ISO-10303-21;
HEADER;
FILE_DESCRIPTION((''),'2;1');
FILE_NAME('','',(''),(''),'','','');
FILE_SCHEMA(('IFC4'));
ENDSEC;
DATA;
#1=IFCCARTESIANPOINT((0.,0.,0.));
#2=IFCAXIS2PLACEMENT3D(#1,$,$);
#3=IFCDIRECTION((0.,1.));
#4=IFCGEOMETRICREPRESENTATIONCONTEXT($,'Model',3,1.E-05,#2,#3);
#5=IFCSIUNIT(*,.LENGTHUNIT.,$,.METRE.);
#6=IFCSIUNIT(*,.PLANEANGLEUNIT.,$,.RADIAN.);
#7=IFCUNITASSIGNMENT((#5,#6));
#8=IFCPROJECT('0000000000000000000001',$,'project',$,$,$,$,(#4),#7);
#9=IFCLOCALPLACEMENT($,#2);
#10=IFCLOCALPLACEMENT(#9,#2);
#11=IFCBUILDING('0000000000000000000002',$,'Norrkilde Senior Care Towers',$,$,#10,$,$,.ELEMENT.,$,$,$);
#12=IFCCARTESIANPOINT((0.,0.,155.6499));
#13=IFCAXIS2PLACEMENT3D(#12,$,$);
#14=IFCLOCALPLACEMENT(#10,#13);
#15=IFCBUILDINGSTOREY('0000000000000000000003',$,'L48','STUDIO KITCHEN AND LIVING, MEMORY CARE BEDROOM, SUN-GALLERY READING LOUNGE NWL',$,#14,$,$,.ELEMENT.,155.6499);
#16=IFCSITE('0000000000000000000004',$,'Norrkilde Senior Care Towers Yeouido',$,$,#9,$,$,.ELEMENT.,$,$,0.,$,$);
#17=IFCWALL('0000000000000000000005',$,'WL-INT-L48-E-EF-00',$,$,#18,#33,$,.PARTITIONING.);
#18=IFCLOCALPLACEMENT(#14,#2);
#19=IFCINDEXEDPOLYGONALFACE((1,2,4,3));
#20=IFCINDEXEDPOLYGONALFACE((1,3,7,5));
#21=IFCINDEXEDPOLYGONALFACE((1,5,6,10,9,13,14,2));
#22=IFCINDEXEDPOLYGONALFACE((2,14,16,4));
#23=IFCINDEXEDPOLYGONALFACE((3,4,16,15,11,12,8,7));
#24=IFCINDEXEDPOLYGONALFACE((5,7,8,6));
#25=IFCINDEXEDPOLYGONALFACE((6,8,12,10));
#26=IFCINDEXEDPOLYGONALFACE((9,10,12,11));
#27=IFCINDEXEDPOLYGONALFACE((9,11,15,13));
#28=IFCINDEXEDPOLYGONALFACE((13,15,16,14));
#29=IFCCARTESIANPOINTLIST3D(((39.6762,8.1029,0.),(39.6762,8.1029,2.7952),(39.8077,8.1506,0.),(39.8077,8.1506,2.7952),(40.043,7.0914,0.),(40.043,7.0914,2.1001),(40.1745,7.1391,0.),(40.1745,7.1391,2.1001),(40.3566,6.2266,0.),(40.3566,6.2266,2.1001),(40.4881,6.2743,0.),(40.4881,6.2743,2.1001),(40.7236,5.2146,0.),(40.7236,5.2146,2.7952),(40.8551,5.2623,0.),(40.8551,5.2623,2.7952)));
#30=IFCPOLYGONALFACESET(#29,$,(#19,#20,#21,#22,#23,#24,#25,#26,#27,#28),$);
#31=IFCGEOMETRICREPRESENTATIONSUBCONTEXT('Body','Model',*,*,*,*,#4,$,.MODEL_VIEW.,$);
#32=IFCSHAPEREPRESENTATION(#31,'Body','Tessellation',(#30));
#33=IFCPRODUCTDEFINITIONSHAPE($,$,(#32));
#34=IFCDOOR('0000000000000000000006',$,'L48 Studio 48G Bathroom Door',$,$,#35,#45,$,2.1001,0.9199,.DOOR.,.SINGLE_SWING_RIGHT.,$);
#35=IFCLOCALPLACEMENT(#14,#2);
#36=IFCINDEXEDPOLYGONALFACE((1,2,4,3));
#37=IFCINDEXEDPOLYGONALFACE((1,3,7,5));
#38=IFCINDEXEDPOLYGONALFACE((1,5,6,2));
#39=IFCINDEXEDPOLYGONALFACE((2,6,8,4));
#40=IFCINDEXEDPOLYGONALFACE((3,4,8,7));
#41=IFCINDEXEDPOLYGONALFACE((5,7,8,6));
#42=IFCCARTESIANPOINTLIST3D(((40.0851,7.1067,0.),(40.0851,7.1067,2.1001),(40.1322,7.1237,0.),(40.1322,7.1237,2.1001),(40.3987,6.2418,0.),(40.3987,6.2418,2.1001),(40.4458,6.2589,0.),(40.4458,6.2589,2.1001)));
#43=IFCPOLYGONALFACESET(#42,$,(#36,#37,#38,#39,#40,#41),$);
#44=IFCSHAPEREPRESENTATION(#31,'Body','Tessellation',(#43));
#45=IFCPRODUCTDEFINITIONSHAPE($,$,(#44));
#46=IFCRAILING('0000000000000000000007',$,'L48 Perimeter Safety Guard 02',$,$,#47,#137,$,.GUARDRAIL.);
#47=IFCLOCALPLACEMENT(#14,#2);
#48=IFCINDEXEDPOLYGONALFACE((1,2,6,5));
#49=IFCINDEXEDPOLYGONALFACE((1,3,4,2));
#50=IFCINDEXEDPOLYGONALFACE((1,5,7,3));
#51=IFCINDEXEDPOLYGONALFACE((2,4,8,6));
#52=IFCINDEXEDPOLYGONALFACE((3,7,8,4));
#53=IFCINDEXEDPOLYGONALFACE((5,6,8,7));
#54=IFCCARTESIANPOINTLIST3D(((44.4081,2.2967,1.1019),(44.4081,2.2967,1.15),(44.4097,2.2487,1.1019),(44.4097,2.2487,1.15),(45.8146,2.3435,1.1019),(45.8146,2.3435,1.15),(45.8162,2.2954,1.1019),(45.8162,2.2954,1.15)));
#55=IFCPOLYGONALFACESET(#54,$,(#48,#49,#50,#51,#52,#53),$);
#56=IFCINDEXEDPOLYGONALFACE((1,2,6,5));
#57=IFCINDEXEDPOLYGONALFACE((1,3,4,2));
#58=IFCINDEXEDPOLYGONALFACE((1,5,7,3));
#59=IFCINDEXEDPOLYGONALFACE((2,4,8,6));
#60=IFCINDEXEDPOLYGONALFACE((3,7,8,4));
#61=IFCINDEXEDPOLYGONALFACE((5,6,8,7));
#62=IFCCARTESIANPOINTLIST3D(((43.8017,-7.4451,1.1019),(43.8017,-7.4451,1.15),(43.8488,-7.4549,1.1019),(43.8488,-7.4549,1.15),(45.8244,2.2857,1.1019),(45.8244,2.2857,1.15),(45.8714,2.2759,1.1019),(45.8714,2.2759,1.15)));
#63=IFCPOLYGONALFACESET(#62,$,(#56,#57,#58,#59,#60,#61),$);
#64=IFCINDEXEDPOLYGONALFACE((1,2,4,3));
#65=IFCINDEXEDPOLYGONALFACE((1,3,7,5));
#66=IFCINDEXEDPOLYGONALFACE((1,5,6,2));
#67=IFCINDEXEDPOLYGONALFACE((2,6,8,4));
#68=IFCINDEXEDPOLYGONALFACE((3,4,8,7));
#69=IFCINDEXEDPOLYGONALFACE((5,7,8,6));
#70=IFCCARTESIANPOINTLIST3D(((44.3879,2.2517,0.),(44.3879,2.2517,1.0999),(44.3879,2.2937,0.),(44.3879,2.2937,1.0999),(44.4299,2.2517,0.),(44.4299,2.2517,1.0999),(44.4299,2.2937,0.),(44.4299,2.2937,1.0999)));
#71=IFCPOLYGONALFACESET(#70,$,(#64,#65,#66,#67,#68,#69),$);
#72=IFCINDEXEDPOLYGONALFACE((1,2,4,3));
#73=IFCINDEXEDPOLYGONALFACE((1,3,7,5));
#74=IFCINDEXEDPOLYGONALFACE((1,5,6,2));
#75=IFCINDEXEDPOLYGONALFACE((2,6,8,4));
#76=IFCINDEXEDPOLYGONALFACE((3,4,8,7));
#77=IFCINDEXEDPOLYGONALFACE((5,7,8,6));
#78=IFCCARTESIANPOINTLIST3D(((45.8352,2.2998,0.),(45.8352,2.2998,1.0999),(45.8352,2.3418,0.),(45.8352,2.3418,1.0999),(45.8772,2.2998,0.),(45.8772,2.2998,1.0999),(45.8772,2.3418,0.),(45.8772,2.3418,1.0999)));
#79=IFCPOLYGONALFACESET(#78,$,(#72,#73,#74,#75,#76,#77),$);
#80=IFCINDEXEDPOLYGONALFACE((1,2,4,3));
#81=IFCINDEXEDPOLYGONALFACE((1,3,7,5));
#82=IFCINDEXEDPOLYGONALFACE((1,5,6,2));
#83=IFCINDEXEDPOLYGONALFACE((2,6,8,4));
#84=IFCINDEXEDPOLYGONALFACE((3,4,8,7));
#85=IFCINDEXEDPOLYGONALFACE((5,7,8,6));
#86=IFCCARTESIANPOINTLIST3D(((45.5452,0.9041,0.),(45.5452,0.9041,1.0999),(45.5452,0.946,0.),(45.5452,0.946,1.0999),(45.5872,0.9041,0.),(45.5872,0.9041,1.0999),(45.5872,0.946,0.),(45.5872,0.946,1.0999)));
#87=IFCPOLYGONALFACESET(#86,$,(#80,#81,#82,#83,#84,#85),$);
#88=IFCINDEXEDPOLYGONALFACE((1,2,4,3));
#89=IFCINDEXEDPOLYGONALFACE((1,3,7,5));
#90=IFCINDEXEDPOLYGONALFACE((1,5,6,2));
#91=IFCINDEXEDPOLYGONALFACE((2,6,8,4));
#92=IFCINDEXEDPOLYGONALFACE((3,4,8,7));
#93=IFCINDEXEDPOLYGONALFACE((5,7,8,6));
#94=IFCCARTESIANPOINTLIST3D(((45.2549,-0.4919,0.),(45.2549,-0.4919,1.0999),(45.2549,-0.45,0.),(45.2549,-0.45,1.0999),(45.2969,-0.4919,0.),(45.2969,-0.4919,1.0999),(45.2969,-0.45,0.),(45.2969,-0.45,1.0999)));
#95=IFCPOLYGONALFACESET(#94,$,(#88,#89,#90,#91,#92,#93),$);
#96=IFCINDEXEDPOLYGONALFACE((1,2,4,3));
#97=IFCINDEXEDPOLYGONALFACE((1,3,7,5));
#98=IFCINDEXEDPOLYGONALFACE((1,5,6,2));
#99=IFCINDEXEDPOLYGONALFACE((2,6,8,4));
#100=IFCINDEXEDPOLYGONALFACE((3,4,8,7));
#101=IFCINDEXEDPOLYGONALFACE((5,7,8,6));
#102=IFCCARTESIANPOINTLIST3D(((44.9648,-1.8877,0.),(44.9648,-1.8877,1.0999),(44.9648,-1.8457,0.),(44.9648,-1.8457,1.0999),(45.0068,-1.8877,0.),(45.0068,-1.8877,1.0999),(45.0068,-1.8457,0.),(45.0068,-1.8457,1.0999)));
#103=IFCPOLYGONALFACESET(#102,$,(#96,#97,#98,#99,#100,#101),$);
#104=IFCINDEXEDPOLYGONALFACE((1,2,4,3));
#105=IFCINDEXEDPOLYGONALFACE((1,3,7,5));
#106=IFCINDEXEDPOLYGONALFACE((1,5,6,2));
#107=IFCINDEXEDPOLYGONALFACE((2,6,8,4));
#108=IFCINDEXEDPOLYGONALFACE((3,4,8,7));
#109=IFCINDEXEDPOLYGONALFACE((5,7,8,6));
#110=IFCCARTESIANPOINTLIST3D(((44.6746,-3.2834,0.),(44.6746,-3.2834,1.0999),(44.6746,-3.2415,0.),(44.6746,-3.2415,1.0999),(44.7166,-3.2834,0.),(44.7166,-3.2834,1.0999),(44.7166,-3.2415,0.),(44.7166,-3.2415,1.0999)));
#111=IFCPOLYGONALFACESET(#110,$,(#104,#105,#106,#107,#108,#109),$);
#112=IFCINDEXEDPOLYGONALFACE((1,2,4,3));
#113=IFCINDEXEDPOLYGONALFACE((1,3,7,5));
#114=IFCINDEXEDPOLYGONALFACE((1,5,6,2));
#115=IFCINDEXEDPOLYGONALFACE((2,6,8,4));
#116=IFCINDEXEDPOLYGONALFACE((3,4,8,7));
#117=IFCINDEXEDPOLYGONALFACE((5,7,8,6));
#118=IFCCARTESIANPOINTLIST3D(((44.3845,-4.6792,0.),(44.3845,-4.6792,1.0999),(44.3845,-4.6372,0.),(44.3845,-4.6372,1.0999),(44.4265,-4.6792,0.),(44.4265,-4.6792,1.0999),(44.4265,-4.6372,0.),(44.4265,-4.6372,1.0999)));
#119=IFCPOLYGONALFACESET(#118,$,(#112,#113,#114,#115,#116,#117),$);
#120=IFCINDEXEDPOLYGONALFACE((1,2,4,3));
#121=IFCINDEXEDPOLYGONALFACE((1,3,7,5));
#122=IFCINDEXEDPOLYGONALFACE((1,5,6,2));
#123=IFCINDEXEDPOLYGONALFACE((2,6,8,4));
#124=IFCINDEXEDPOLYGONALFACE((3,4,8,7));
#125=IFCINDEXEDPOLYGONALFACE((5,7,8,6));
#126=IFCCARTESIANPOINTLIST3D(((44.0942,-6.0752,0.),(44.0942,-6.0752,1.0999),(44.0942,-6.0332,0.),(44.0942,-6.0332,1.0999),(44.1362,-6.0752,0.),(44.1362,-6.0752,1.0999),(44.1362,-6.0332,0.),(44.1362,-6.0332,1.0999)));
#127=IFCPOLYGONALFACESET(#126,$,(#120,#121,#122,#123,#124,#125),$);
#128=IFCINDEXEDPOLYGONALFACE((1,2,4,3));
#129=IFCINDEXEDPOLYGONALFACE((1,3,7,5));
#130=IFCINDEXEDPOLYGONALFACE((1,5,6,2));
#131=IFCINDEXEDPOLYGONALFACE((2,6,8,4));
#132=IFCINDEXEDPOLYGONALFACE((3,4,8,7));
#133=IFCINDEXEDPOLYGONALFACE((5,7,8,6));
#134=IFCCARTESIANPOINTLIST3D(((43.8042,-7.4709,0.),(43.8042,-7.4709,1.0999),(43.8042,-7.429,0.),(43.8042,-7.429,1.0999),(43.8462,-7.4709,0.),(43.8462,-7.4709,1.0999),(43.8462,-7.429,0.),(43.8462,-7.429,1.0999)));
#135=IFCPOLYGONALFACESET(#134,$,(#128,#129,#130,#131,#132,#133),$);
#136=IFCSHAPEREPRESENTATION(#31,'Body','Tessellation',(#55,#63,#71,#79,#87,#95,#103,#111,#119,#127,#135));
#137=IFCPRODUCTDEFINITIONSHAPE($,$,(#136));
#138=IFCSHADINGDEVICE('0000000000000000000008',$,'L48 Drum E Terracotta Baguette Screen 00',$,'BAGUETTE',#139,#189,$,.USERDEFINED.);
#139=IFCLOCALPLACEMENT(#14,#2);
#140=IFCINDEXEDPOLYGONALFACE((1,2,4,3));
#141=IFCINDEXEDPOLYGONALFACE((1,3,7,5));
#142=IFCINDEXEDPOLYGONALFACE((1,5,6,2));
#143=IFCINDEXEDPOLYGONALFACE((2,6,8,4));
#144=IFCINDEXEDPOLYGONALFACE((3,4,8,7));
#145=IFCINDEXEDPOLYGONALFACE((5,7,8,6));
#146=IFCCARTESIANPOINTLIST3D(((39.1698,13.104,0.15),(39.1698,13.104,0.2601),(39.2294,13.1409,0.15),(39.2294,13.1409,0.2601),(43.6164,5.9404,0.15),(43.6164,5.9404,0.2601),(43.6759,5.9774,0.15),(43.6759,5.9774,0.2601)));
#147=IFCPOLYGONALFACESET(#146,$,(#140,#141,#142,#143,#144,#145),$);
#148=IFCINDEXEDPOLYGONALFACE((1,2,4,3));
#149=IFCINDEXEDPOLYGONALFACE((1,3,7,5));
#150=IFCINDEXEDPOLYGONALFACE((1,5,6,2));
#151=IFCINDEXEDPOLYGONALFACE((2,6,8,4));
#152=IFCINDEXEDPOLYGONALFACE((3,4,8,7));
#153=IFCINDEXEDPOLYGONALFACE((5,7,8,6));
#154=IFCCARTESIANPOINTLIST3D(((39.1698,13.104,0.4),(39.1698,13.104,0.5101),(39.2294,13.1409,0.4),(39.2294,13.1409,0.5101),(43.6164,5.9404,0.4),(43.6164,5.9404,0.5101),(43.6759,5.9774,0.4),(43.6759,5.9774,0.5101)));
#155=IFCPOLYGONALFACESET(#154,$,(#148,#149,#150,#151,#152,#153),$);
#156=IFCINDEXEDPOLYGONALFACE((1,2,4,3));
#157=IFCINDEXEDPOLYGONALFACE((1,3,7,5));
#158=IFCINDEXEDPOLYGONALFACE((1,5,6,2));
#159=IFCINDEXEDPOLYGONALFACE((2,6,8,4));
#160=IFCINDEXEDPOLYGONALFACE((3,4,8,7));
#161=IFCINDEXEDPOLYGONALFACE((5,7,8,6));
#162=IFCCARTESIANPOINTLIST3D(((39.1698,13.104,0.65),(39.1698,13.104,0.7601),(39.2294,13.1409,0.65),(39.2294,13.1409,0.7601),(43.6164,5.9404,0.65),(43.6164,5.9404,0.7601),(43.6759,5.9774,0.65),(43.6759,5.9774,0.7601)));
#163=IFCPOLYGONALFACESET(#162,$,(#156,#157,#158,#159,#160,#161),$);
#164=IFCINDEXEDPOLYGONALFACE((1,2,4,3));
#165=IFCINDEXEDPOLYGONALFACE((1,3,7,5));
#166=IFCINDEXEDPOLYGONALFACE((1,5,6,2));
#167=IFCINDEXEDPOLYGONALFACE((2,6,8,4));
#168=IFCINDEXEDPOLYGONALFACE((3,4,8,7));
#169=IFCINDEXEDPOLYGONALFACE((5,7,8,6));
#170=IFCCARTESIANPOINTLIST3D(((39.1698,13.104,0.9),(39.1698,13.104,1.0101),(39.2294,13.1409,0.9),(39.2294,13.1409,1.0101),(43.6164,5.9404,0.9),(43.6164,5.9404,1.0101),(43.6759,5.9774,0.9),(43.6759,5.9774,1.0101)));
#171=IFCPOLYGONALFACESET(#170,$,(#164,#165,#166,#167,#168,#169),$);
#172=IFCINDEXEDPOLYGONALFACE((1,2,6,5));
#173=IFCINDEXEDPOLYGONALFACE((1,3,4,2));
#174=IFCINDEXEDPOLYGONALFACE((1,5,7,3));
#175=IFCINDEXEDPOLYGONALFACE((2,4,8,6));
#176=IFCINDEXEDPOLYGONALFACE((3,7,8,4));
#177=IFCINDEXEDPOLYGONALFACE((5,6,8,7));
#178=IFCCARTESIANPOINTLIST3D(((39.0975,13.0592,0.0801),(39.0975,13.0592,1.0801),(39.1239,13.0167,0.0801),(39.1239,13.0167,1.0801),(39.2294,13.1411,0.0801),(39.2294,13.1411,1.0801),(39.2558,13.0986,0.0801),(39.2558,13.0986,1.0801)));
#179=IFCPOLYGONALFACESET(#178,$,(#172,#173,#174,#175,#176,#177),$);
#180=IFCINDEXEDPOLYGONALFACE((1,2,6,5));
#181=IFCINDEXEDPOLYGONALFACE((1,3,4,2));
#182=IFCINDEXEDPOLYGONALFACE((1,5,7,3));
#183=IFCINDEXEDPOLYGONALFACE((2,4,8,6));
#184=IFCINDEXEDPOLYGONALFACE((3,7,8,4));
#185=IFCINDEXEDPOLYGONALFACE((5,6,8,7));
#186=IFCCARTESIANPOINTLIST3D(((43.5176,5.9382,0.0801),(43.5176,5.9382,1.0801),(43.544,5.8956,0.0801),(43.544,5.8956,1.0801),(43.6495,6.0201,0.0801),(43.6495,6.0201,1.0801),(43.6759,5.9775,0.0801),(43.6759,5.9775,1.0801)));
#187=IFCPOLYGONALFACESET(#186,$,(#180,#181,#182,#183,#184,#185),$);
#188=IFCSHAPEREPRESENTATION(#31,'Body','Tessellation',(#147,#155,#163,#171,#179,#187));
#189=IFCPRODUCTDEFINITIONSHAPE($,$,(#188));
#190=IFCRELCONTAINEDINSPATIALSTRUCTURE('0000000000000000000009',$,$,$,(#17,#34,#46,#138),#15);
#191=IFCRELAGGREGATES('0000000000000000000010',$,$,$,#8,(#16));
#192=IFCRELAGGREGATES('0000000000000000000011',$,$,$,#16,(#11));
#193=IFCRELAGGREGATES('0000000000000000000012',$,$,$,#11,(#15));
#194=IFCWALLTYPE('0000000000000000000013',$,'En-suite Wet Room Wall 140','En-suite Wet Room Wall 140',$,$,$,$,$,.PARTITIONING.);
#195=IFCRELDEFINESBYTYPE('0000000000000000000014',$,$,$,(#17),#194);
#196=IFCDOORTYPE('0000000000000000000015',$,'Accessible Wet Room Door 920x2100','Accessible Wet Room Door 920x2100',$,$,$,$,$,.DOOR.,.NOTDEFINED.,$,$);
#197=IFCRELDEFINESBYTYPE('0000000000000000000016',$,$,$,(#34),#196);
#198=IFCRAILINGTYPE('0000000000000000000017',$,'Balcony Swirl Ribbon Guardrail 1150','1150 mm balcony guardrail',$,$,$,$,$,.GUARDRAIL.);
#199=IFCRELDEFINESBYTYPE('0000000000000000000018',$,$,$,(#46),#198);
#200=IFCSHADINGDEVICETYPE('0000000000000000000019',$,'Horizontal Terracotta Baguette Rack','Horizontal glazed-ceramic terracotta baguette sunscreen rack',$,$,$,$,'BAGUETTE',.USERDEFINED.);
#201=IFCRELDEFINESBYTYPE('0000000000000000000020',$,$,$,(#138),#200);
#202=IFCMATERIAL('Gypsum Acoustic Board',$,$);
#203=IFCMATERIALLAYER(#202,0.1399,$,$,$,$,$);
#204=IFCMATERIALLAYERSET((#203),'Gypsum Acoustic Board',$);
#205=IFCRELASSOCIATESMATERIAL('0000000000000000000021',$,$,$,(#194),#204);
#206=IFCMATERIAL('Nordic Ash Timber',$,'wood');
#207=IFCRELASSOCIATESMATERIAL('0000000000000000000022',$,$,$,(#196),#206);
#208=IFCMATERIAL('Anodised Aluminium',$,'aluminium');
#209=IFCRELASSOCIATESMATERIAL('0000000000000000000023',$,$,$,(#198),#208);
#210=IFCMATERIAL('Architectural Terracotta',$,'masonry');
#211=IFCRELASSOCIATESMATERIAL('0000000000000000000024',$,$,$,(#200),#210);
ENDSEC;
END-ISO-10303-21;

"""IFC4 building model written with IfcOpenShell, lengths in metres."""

from ifc_helpers import new_model, si_unit, direction, frame, frame_2d, origin, origin_2d, place, context, subcontext, project, spatial, rectangle, extrude, source, transform, mapped, material, layer, layer_set, type_object, type_shapes, element, fill, save


model = new_model("IFC4")

# Units and contexts
model_context = context("Model", 3, precision=1e-05, world=origin(), true_north=direction((0.0, 1.0)))
body_context = subcontext(model_context, "Body", "Model", "MODEL_VIEW")
ifc_project = project(units=[si_unit("LENGTHUNIT", "METRE"), si_unit("PLANEANGLEUNIT", "RADIAN")], contexts=[model_context])

# Site, building, storey
site_placement = place(None, origin())
site = spatial("IfcSite", under=ifc_project, at=site_placement, Name="Norrkilde Senior Care Towers Yeouido", CompositionType="ELEMENT", RefElevation=0.0)
building_placement = place(site_placement, origin())
building = spatial("IfcBuilding", under=site, at=building_placement, Name="Norrkilde Senior Care Towers", CompositionType="ELEMENT")
storey_placement = place(building_placement, frame((0.0, 0.0, 155.6499)))
storey = spatial("IfcBuildingStorey", under=building, at=storey_placement, Name="L48", Description="STUDIO KITCHEN AND LIVING, MEMORY CARE BEDROOM, SUN-GALLERY READING LOUNGE NWL", CompositionType="ELEMENT", Elevation=155.6499)

# Shared definitions
ifc_material_1 = material(Name="Anodised Aluminium", Category="aluminium")

# Shared definitions
ifc_material_2 = material(Name="Gypsum Acoustic Board")

# Shared definitions
ifc_layer_1 = layer(ifc_material_2, 0.1399)
ifc_layer_set_1 = layer_set([ifc_layer_1], Name="Gypsum Acoustic Board")
wall_type_1 = type_object("IfcWallType", Name="En-suite Wet Room Wall 140", Description="En-suite Wet Room Wall 140", PredefinedType="PARTITIONING", material=ifc_layer_set_1)
ifc_material_3 = material(Name="Nordic Ash Timber", Category="wood")
door_type = type_object("IfcDoorType", Name="Accessible Wet Room Door 920x2100", Description="Accessible Wet Room Door 920x2100", OperationType="NOTDEFINED", PredefinedType="DOOR", material=ifc_material_3)
shared_shape_1 = source(origin(), body_context, "Body", "SweptSolid", [
    extrude(rectangle(XDim=0.9199, YDim=2.1001, at=frame_2d((0.46, 1.05))), frame((0.0, 0.0249, 0.0), z_axis=(0.0, -1.0, 0.0), x_axis=(1.0, 0.0, 0.0)), (0.0, 0.0, 1.0), 0.05),
])
type_shapes(door_type, [shared_shape_1])

# Wall, opening, door
shared_shape_2 = source(origin(), body_context, "Body", "SweptSolid", [
    extrude(rectangle(XDim=3.0723, YDim=0.1399, at=frame_2d((1.5361, 0.0))), origin(), (0.0, 0.0, 1.0), 2.7952),
])
wall_1_placement = place(storey_placement, frame((39.7419, 8.1267, 0.0), z_axis=(0.0, 0.0, 1.0), x_axis=(0.340913, -0.940095, 0.0)))
wall_1 = element("IfcWall", 1, at=wall_1_placement, inside=storey, type_object=wall_type_1, Name="WL-INT-L48-E-EF-00", PredefinedType="PARTITIONING", context=body_context, shape_type="MappedRepresentation", body=[
    mapped(shared_shape_2, transform((0.0, 0.0, 0.0), x_axis=(1.0, 0.0, 0.0), y_axis=(0.0, 1.0, 0.0), z_axis=(0.0, 0.0, 1.0), scale=1.0)),
])
opening_1_placement = place(wall_1_placement, frame((1.0759, 0.0, 0.0)))
opening_1 = element("IfcOpeningElement", 2, at=opening_1_placement, cuts=wall_1, PredefinedType="OPENING", context=body_context, shape_type="SweptSolid", body=[
    extrude(rectangle(XDim=0.9199, YDim=2.1001, at=frame_2d((0.46, 1.05))), frame((0.0, 0.0798, 0.0), z_axis=(0.0, -1.0, 0.0), x_axis=(1.0, 0.0, 0.0)), (0.0, 0.0, 1.0), 0.1599),
])
door_1_placement = place(opening_1_placement, origin())
door_1 = element("IfcDoor", 3, at=door_1_placement, inside=storey, type_object=door_type, Name="L48 Studio 48G Bathroom Door", OperationType="SINGLE_SWING_RIGHT", OverallHeight=2.1001, OverallWidth=0.9199, PredefinedType="DOOR", context=body_context, shape_type="MappedRepresentation", body=[
    mapped(shared_shape_1, transform((0.0, 0.0, 0.0), x_axis=(1.0, 0.0, 0.0), y_axis=(0.0, 1.0, 0.0), z_axis=(0.0, 0.0, 1.0), scale=1.0)),
])
fill(opening_1, door_1)

# Railing
railing_type = type_object("IfcRailingType", Name="Balcony Swirl Ribbon Guardrail 1150", Description="1150 mm balcony guardrail", PredefinedType="GUARDRAIL", material=ifc_material_1)
railing_placement = place(storey_placement, frame((44.4089, 2.2727, 0.0)))
element("IfcRailing", 4, at=railing_placement, inside=storey, type_object=railing_type, Name="L48 Perimeter Safety Guard 02", PredefinedType="GUARDRAIL", context=body_context, shape_type="SweptSolid", body=[
    extrude(rectangle(XDim=0.0481, YDim=0.0481, at=origin_2d()), frame((0.0, 0.0, 1.126), z_axis=(0.999448, 0.033214, 0.0), x_axis=(-0.033214, 0.999448, 0.0)), (0.0, 0.0, 1.0), 1.4072),
    extrude(rectangle(XDim=0.0481, YDim=0.0481, at=origin_2d()), frame((1.439, 0.0081, 1.126), z_axis=(-0.203516, -0.979072, 0.0), x_axis=(0.979072, -0.203516, 0.0)), (0.0, 0.0, 1.0), 9.9387),
    extrude(rectangle(XDim=0.042, YDim=0.042, at=origin_2d()), origin(), (0.0, 0.0, 1.0), 1.0999),
    extrude(rectangle(XDim=0.042, YDim=0.042, at=origin_2d()), frame((1.4473, 0.0481, 0.0)), (0.0, 0.0, 1.0), 1.0999),
    extrude(rectangle(XDim=0.042, YDim=0.042, at=origin_2d()), frame((1.1572, -1.3477, 0.0)), (0.0, 0.0, 1.0), 1.0999),
    extrude(rectangle(XDim=0.042, YDim=0.042, at=origin_2d()), frame((0.8669, -2.7437, 0.0)), (0.0, 0.0, 1.0), 1.0999),
    extrude(rectangle(XDim=0.042, YDim=0.042, at=origin_2d()), frame((0.5769, -4.1394, 0.0)), (0.0, 0.0, 1.0), 1.0999),
    extrude(rectangle(XDim=0.042, YDim=0.042, at=origin_2d()), frame((0.2866, -5.5352, 0.0)), (0.0, 0.0, 1.0), 1.0999),
    extrude(rectangle(XDim=0.042, YDim=0.042, at=origin_2d()), frame((-0.0034, -6.9309, 0.0)), (0.0, 0.0, 1.0), 1.0999),
    extrude(rectangle(XDim=0.042, YDim=0.042, at=origin_2d()), frame((-0.2937, -8.3269, 0.0)), (0.0, 0.0, 1.0), 1.0999),
    extrude(rectangle(XDim=0.042, YDim=0.042, at=origin_2d()), frame((-0.5837, -9.7227, 0.0)), (0.0, 0.0, 1.0), 1.0999),
])

# Shading device
ifc_material_4 = material(Name="Architectural Terracotta", Category="masonry")
shading_device_type = type_object("IfcShadingDeviceType", Name="Horizontal Terracotta Baguette Rack", Description="Horizontal glazed-ceramic terracotta baguette sunscreen rack", ElementType="BAGUETTE", PredefinedType="USERDEFINED", material=ifc_material_4)
shared_shape_3 = source(origin(), body_context, "Body", "SweptSolid", [
    extrude(rectangle(XDim=0.0701, YDim=0.1101, at=origin_2d()), frame((0.0, 0.0901, 0.125), z_axis=(1.0, 0.0, 0.0), x_axis=(0.0, 1.0, 0.0)), (0.0, 0.0, 1.0), 8.4314),
    extrude(rectangle(XDim=0.0701, YDim=0.1101, at=origin_2d()), frame((0.0, 0.0901, 0.375), z_axis=(1.0, 0.0, 0.0), x_axis=(0.0, 1.0, 0.0)), (0.0, 0.0, 1.0), 8.4314),
    extrude(rectangle(XDim=0.0701, YDim=0.1101, at=origin_2d()), frame((0.0, 0.0901, 0.625), z_axis=(1.0, 0.0, 0.0), x_axis=(0.0, 1.0, 0.0)), (0.0, 0.0, 1.0), 8.4314),
    extrude(rectangle(XDim=0.0701, YDim=0.1101, at=origin_2d()), frame((0.0, 0.0901, 0.875), z_axis=(1.0, 0.0, 0.0), x_axis=(0.0, 1.0, 0.0)), (0.0, 0.0, 1.0), 8.4314),
    extrude(rectangle(XDim=0.05, YDim=0.1553, at=origin_2d()), frame((0.0249, 0.0476, 0.0)), (0.0, 0.0, 1.0), 1.0),
    extrude(rectangle(XDim=0.05, YDim=0.1553, at=origin_2d()), frame((8.4062, 0.0476, 0.0)), (0.0, 0.0, 1.0), 1.0),
])
type_shapes(shading_device_type, [shared_shape_3])
shading_device_placement = place(storey_placement, frame((39.123, 13.075, 0.0801), z_axis=(0.0, 0.0, 1.0), x_axis=(0.527378, -0.849631, 0.0)))
element("IfcShadingDevice", 5, at=shading_device_placement, inside=storey, type_object=shading_device_type, Name="L48 Drum E Terracotta Baguette Screen 00", ObjectType="BAGUETTE", PredefinedType="USERDEFINED", context=body_context, shape_type="MappedRepresentation", body=[
    mapped(shared_shape_3, transform((0.0, 0.0, 0.0), x_axis=(1.0, 0.0, 0.0), y_axis=(0.0, 1.0, 0.0), z_axis=(0.0, 0.0, 1.0), scale=1.0)),
])

save(model, "model.ifc")
